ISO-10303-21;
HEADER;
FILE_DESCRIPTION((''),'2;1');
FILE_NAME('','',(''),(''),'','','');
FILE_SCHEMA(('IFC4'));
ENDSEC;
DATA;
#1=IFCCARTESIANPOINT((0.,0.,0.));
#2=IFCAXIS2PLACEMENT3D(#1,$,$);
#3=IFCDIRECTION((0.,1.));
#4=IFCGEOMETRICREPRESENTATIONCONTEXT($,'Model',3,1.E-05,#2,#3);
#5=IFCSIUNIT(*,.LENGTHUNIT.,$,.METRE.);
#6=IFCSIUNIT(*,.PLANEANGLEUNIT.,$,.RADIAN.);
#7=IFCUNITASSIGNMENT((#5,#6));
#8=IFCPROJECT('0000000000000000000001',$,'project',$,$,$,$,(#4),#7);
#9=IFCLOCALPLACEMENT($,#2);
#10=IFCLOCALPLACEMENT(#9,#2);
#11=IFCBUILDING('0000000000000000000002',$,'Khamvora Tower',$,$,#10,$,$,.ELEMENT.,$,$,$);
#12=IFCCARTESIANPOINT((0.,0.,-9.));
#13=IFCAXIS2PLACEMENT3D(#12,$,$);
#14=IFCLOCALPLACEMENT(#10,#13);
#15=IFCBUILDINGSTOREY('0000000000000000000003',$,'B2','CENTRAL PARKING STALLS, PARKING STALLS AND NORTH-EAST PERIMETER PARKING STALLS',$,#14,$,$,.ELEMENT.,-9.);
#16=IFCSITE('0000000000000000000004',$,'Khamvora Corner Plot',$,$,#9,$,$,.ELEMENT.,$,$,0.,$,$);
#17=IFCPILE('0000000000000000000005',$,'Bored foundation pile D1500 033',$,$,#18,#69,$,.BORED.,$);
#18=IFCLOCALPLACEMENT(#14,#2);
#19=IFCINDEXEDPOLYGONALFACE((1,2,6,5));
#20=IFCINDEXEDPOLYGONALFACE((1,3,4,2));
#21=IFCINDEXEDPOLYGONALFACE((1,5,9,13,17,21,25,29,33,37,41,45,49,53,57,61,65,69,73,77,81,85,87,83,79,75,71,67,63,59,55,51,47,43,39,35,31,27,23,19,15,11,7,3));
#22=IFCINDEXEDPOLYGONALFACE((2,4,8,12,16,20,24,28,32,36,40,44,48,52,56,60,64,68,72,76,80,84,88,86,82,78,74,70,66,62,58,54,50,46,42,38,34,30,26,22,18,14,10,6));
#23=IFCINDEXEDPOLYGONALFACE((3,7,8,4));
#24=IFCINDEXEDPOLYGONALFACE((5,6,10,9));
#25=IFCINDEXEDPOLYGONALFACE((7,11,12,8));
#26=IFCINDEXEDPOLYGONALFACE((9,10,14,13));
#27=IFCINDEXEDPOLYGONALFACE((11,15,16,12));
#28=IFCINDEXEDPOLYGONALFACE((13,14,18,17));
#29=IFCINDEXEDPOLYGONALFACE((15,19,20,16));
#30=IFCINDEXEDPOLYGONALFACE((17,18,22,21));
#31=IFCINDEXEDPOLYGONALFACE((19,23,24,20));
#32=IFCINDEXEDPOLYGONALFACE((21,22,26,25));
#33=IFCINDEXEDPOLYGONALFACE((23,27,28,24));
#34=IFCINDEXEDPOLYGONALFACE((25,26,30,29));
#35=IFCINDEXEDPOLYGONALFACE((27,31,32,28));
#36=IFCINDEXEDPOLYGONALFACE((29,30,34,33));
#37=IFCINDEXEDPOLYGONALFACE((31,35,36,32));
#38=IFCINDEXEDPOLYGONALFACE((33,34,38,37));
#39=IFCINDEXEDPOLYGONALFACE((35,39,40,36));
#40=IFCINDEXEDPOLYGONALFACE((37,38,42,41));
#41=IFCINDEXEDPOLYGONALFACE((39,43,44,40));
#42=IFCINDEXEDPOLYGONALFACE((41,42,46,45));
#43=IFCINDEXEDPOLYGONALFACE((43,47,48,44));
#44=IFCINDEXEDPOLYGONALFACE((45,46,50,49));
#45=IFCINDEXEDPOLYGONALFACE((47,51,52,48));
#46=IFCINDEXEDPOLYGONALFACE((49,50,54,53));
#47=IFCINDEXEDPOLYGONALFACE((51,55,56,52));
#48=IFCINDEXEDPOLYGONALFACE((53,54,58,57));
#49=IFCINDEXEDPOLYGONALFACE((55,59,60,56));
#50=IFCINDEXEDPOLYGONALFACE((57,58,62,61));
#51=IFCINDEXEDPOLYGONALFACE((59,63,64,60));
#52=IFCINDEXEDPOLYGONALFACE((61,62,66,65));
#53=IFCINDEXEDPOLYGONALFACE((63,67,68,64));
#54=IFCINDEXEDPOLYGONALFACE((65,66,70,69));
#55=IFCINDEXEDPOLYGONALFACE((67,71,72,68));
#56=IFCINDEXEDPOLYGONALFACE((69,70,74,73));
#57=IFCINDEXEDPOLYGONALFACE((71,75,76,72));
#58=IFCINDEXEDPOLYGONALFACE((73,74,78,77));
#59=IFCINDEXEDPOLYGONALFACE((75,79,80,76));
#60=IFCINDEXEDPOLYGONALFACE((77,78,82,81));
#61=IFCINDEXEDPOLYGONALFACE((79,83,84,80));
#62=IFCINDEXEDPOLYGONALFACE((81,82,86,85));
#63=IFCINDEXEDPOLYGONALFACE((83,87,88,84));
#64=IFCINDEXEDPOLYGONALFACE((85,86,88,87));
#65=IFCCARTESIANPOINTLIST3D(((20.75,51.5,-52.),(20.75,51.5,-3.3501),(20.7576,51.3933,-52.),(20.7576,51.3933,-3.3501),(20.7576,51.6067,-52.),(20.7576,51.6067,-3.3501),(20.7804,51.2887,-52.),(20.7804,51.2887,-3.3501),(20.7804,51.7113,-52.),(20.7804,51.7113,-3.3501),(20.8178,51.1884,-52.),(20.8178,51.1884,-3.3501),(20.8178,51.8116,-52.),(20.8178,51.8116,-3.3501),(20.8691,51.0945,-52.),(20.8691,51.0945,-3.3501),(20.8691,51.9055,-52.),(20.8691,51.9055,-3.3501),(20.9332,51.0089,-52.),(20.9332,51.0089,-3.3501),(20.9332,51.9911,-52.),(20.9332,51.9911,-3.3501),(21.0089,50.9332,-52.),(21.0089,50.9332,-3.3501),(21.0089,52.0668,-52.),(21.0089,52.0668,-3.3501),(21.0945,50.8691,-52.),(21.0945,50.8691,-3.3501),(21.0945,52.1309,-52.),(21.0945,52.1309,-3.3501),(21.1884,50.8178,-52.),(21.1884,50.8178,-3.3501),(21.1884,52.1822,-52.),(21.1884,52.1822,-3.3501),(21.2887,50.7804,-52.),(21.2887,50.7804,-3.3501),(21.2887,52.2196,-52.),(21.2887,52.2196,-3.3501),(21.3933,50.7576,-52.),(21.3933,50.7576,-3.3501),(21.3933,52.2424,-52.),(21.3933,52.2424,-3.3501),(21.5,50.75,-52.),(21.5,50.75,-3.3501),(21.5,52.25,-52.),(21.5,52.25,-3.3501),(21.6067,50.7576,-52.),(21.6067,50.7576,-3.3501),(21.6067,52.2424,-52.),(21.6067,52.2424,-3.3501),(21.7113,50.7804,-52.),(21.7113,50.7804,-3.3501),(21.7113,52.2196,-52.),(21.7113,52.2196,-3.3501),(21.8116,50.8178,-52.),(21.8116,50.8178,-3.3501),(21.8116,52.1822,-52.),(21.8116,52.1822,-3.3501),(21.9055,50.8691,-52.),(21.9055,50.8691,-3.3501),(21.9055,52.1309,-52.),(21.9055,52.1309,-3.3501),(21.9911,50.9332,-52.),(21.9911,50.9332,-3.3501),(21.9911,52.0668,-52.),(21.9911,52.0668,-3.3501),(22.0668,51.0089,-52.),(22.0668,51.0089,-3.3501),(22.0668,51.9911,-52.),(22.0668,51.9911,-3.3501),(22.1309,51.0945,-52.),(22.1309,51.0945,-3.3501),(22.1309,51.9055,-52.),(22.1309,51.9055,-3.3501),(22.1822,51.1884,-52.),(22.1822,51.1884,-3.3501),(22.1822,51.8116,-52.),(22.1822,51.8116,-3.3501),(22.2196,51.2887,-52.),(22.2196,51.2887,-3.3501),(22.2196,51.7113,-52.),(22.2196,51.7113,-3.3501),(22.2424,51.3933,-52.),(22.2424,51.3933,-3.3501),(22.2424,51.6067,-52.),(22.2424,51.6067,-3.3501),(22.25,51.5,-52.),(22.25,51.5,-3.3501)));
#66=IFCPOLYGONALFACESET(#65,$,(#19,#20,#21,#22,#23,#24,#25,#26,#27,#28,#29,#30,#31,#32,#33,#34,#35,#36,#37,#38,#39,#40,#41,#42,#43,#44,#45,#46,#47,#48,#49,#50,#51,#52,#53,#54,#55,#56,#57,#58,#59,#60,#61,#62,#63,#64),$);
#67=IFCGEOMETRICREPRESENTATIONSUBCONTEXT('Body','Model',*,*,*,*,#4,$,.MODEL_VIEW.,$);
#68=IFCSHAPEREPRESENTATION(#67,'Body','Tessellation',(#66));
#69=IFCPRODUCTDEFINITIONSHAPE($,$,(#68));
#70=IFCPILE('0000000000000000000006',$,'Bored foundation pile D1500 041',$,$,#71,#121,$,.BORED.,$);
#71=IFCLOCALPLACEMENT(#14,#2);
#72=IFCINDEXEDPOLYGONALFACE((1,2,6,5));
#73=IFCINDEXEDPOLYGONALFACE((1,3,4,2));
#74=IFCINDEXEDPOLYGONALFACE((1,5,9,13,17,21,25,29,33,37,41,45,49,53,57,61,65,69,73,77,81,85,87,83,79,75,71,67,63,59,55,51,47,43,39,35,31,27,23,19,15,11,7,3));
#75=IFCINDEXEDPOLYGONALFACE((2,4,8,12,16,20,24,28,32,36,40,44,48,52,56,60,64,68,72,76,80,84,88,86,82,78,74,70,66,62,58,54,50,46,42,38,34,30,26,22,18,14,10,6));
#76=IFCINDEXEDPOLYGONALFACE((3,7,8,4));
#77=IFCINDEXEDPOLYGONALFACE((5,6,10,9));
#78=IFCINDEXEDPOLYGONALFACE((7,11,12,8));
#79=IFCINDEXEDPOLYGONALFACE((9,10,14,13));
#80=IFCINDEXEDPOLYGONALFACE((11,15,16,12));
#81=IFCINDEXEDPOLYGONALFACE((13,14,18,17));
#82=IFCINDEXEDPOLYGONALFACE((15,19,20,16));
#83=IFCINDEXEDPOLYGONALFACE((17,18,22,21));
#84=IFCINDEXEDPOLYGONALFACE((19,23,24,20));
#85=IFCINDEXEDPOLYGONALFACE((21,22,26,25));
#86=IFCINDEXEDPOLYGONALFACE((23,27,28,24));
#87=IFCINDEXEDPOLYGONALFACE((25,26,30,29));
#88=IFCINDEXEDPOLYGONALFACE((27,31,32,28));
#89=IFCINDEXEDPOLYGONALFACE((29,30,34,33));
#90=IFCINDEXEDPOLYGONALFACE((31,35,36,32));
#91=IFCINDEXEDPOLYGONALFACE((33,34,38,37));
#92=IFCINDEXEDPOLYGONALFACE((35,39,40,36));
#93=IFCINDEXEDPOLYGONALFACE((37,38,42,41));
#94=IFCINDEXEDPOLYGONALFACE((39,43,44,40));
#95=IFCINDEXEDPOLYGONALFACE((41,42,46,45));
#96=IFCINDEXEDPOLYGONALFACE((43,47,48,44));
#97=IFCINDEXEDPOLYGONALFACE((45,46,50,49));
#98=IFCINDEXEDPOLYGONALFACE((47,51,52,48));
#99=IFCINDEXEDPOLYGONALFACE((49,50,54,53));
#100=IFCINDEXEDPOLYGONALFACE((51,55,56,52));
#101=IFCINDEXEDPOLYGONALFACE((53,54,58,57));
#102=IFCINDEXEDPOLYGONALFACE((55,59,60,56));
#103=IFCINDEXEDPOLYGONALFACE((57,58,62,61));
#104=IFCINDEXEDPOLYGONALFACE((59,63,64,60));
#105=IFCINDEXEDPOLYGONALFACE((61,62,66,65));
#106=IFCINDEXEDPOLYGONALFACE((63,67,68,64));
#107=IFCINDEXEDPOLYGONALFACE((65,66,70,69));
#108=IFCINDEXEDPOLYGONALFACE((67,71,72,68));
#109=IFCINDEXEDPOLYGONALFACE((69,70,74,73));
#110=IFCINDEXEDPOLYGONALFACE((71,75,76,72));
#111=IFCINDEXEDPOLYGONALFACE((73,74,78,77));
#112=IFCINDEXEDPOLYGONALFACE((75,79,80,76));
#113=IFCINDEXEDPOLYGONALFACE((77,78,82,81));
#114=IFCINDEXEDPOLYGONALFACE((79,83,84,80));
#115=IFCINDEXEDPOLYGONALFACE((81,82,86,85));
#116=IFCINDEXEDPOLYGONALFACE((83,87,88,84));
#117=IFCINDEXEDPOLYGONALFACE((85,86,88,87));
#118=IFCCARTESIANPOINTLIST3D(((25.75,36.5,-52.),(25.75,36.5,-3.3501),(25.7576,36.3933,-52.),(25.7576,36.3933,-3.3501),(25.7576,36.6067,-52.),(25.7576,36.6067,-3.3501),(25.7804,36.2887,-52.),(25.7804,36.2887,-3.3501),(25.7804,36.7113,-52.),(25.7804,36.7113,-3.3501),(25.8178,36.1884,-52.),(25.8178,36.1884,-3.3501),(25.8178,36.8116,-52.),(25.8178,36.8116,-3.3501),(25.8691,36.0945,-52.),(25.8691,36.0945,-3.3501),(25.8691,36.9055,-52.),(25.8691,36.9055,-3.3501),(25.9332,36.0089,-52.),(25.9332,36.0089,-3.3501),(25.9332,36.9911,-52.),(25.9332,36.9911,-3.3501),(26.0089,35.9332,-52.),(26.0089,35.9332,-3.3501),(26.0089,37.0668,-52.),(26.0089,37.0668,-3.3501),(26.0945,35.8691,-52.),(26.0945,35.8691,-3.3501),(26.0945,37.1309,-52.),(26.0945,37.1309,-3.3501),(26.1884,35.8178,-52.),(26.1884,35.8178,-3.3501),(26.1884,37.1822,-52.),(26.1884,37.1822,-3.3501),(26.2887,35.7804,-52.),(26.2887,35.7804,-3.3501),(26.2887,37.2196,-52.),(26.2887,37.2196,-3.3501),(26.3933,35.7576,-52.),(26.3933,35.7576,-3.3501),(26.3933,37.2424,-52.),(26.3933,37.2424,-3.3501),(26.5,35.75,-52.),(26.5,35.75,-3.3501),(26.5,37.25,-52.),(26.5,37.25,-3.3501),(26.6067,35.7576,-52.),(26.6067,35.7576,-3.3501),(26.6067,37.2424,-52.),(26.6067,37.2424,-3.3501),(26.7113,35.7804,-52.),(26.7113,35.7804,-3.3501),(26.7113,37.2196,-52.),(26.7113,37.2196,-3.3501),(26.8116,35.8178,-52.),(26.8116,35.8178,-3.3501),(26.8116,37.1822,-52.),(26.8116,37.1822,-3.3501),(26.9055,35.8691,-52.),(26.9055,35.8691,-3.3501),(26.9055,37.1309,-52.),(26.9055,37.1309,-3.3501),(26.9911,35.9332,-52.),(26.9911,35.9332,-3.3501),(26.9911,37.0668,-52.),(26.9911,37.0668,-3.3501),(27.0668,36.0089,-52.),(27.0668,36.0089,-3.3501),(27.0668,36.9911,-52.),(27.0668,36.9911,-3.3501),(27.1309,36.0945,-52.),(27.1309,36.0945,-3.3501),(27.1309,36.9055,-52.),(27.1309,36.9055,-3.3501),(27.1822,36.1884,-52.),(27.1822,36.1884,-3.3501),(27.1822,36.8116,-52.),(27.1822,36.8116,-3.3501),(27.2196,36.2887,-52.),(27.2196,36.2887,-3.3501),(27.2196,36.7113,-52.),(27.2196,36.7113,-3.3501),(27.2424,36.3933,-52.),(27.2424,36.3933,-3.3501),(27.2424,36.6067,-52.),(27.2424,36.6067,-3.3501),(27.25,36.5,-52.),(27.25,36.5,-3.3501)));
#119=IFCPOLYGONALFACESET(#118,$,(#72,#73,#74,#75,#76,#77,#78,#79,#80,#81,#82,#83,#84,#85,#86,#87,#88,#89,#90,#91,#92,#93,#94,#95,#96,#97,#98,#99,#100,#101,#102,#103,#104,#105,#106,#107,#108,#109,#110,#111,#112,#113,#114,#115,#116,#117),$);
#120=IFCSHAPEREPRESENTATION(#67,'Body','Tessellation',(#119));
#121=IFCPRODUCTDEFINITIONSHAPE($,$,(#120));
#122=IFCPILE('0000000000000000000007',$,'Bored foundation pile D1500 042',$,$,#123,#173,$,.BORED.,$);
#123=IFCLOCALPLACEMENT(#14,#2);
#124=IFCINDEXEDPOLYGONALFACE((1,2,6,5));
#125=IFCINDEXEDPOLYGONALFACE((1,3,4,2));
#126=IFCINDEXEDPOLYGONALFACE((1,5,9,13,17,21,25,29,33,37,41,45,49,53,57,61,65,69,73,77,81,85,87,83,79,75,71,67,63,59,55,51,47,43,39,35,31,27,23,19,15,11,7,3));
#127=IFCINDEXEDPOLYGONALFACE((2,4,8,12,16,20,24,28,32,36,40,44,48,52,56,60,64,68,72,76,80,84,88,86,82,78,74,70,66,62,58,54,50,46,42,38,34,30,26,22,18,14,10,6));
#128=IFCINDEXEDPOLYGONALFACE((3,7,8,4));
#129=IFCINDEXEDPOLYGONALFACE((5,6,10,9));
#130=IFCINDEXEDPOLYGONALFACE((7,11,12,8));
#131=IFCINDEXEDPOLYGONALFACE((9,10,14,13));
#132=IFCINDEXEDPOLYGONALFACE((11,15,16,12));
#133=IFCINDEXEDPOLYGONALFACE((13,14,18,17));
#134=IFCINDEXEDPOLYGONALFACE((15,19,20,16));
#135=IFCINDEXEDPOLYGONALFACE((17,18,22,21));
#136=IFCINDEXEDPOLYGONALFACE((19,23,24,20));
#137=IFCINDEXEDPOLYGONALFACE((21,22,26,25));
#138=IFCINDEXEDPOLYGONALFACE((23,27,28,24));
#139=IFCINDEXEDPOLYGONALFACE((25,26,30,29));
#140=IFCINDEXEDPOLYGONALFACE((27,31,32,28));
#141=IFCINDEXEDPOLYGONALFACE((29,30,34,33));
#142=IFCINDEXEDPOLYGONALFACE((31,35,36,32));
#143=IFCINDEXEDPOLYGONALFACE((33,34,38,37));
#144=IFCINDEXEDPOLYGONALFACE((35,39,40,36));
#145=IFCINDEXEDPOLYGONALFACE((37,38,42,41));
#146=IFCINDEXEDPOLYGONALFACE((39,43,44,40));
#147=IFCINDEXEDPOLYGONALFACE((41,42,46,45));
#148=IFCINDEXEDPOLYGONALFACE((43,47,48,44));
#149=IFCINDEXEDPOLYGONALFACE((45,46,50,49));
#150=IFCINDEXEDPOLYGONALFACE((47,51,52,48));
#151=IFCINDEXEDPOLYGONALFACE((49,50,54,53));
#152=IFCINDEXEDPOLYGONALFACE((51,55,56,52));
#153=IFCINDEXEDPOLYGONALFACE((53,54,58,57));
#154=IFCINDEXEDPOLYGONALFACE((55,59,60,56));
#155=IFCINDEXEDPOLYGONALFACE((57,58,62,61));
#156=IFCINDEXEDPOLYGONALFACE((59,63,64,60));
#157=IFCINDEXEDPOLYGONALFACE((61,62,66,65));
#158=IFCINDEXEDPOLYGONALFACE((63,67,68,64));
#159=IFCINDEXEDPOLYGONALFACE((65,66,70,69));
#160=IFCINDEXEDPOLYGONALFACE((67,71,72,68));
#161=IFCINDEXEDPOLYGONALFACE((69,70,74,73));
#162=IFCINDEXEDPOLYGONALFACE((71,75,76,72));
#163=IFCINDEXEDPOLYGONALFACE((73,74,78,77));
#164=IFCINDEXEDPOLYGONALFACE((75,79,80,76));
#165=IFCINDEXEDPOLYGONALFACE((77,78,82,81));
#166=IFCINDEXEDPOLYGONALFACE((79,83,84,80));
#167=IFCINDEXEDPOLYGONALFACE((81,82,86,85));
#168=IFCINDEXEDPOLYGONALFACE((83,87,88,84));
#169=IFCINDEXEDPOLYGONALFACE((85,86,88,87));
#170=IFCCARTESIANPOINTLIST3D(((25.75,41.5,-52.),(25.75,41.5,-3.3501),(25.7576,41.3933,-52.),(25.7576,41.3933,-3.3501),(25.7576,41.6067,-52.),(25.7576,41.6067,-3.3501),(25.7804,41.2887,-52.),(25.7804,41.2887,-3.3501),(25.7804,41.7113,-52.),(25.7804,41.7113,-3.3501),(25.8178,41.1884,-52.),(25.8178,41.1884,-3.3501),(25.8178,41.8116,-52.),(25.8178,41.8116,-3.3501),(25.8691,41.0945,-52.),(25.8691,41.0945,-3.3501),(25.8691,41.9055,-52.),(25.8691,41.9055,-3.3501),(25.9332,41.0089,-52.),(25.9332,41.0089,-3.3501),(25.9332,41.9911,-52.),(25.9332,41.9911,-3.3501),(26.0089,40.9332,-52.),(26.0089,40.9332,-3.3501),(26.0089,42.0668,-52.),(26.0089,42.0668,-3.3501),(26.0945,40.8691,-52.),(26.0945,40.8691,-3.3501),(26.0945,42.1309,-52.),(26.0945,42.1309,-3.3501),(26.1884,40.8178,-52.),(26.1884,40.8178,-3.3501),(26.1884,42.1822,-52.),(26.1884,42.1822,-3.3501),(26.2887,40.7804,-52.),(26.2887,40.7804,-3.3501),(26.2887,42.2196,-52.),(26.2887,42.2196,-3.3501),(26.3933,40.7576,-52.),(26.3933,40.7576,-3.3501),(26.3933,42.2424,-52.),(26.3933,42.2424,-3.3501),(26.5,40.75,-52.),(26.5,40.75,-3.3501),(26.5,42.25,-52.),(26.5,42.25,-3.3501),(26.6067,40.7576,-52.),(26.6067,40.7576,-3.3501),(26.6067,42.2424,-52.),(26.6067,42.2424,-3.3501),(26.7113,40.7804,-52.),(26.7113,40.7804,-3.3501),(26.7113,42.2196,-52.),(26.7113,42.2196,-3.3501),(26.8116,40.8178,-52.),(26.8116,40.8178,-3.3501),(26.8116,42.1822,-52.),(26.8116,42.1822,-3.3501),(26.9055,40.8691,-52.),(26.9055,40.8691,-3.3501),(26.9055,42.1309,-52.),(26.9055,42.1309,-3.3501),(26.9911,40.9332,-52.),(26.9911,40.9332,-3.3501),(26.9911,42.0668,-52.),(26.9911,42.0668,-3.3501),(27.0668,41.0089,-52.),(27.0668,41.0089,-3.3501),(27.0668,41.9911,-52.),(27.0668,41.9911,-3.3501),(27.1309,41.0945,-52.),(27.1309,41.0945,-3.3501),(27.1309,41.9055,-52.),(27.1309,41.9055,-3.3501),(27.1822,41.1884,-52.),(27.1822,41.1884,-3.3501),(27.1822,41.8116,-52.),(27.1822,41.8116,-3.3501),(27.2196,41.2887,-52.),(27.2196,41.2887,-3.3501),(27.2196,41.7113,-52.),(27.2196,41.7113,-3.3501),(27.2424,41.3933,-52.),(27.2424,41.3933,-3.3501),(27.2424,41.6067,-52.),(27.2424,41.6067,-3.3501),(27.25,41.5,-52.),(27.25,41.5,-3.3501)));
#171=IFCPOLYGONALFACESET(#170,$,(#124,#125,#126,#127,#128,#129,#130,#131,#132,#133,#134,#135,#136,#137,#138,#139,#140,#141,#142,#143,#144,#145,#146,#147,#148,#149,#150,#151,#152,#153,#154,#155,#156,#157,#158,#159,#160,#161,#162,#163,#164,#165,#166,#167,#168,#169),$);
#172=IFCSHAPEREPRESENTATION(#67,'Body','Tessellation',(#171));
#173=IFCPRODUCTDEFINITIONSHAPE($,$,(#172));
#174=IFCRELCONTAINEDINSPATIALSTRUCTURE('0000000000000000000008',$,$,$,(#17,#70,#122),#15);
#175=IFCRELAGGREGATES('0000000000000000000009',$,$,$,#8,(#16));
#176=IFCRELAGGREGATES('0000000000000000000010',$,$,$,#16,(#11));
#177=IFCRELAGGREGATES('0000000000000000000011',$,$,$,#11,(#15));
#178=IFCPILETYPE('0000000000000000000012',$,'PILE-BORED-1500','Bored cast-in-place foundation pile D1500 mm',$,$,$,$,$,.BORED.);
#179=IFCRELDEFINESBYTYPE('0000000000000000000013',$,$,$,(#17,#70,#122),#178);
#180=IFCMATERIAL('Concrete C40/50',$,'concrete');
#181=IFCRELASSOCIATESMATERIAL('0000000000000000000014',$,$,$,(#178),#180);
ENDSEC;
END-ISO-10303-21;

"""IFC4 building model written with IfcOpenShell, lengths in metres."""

from ifc_helpers import new_model, si_unit, direction, frame, origin, origin_2d, place, context, subcontext, project, spatial, circle, extrude, material, material_profile, profile_set, type_object, element, save


model = new_model("IFC4")

# Units and contexts
model_context = context("Model", 3, precision=1e-05, world=origin(), true_north=direction((0.0, 1.0)))
body_context = subcontext(model_context, "Body", "Model", "MODEL_VIEW")
ifc_project = project(units=[si_unit("LENGTHUNIT", "METRE"), si_unit("PLANEANGLEUNIT", "RADIAN")], contexts=[model_context])

# Site, building, storey
site_placement = place(None, origin())
site = spatial("IfcSite", under=ifc_project, at=site_placement, Name="Khamvora Corner Plot", CompositionType="ELEMENT", RefElevation=0.0)
building_placement = place(site_placement, origin())
building = spatial("IfcBuilding", under=site, at=building_placement, Name="Khamvora Tower", CompositionType="ELEMENT")
storey_placement = place(building_placement, frame((0.0, 0.0, -9.0)))
storey = spatial("IfcBuildingStorey", under=building, at=storey_placement, Name="B2", Description="CENTRAL PARKING STALLS, PARKING STALLS AND NORTH-EAST PERIMETER PARKING STALLS", CompositionType="ELEMENT", Elevation=-9.0)

# Piles
ifc_material_1 = material(Name="Concrete C40/50", Category="concrete")
ifc_material_profile_1 = material_profile(ifc_material_1, circle(Radius=0.75, at=origin_2d()), Name="PILE_D1500")
ifc_profile_set_1 = profile_set([ifc_material_profile_1], Name="Concrete C40/50")
pile_type = type_object("IfcPileType", Name="PILE-BORED-1500", Description="Bored cast-in-place foundation pile D1500 mm", PredefinedType="BORED", material=ifc_profile_set_1)
for number, where, z_axis, x_axis, name in (
    (1, (21.5, 51.5, -3.3501), (0.0, 0.0, -1.0), (1.0, 0.0, 0.0), "Bored foundation pile D1500 033"),
    (2, (26.5, 36.5, -3.3501), (0.0, 0.0, -1.0), (1.0, 0.0, 0.0), "Bored foundation pile D1500 041"),
    (3, (26.5, 41.5, -3.3501), (0.0, 0.0, -1.0), (1.0, 0.0, 0.0), "Bored foundation pile D1500 042"),
):
    element("IfcPile", number, at=place(storey_placement, frame(where, z_axis=z_axis, x_axis=x_axis)), inside=storey, type_object=pile_type, Name=name, PredefinedType="BORED", context=body_context, shape_type="SweptSolid", body=[
        extrude(circle(Radius=0.75, at=origin_2d()), origin(), (0.0, 0.0, 1.0), 48.6499),
    ])

save(model, "model.ifc")
